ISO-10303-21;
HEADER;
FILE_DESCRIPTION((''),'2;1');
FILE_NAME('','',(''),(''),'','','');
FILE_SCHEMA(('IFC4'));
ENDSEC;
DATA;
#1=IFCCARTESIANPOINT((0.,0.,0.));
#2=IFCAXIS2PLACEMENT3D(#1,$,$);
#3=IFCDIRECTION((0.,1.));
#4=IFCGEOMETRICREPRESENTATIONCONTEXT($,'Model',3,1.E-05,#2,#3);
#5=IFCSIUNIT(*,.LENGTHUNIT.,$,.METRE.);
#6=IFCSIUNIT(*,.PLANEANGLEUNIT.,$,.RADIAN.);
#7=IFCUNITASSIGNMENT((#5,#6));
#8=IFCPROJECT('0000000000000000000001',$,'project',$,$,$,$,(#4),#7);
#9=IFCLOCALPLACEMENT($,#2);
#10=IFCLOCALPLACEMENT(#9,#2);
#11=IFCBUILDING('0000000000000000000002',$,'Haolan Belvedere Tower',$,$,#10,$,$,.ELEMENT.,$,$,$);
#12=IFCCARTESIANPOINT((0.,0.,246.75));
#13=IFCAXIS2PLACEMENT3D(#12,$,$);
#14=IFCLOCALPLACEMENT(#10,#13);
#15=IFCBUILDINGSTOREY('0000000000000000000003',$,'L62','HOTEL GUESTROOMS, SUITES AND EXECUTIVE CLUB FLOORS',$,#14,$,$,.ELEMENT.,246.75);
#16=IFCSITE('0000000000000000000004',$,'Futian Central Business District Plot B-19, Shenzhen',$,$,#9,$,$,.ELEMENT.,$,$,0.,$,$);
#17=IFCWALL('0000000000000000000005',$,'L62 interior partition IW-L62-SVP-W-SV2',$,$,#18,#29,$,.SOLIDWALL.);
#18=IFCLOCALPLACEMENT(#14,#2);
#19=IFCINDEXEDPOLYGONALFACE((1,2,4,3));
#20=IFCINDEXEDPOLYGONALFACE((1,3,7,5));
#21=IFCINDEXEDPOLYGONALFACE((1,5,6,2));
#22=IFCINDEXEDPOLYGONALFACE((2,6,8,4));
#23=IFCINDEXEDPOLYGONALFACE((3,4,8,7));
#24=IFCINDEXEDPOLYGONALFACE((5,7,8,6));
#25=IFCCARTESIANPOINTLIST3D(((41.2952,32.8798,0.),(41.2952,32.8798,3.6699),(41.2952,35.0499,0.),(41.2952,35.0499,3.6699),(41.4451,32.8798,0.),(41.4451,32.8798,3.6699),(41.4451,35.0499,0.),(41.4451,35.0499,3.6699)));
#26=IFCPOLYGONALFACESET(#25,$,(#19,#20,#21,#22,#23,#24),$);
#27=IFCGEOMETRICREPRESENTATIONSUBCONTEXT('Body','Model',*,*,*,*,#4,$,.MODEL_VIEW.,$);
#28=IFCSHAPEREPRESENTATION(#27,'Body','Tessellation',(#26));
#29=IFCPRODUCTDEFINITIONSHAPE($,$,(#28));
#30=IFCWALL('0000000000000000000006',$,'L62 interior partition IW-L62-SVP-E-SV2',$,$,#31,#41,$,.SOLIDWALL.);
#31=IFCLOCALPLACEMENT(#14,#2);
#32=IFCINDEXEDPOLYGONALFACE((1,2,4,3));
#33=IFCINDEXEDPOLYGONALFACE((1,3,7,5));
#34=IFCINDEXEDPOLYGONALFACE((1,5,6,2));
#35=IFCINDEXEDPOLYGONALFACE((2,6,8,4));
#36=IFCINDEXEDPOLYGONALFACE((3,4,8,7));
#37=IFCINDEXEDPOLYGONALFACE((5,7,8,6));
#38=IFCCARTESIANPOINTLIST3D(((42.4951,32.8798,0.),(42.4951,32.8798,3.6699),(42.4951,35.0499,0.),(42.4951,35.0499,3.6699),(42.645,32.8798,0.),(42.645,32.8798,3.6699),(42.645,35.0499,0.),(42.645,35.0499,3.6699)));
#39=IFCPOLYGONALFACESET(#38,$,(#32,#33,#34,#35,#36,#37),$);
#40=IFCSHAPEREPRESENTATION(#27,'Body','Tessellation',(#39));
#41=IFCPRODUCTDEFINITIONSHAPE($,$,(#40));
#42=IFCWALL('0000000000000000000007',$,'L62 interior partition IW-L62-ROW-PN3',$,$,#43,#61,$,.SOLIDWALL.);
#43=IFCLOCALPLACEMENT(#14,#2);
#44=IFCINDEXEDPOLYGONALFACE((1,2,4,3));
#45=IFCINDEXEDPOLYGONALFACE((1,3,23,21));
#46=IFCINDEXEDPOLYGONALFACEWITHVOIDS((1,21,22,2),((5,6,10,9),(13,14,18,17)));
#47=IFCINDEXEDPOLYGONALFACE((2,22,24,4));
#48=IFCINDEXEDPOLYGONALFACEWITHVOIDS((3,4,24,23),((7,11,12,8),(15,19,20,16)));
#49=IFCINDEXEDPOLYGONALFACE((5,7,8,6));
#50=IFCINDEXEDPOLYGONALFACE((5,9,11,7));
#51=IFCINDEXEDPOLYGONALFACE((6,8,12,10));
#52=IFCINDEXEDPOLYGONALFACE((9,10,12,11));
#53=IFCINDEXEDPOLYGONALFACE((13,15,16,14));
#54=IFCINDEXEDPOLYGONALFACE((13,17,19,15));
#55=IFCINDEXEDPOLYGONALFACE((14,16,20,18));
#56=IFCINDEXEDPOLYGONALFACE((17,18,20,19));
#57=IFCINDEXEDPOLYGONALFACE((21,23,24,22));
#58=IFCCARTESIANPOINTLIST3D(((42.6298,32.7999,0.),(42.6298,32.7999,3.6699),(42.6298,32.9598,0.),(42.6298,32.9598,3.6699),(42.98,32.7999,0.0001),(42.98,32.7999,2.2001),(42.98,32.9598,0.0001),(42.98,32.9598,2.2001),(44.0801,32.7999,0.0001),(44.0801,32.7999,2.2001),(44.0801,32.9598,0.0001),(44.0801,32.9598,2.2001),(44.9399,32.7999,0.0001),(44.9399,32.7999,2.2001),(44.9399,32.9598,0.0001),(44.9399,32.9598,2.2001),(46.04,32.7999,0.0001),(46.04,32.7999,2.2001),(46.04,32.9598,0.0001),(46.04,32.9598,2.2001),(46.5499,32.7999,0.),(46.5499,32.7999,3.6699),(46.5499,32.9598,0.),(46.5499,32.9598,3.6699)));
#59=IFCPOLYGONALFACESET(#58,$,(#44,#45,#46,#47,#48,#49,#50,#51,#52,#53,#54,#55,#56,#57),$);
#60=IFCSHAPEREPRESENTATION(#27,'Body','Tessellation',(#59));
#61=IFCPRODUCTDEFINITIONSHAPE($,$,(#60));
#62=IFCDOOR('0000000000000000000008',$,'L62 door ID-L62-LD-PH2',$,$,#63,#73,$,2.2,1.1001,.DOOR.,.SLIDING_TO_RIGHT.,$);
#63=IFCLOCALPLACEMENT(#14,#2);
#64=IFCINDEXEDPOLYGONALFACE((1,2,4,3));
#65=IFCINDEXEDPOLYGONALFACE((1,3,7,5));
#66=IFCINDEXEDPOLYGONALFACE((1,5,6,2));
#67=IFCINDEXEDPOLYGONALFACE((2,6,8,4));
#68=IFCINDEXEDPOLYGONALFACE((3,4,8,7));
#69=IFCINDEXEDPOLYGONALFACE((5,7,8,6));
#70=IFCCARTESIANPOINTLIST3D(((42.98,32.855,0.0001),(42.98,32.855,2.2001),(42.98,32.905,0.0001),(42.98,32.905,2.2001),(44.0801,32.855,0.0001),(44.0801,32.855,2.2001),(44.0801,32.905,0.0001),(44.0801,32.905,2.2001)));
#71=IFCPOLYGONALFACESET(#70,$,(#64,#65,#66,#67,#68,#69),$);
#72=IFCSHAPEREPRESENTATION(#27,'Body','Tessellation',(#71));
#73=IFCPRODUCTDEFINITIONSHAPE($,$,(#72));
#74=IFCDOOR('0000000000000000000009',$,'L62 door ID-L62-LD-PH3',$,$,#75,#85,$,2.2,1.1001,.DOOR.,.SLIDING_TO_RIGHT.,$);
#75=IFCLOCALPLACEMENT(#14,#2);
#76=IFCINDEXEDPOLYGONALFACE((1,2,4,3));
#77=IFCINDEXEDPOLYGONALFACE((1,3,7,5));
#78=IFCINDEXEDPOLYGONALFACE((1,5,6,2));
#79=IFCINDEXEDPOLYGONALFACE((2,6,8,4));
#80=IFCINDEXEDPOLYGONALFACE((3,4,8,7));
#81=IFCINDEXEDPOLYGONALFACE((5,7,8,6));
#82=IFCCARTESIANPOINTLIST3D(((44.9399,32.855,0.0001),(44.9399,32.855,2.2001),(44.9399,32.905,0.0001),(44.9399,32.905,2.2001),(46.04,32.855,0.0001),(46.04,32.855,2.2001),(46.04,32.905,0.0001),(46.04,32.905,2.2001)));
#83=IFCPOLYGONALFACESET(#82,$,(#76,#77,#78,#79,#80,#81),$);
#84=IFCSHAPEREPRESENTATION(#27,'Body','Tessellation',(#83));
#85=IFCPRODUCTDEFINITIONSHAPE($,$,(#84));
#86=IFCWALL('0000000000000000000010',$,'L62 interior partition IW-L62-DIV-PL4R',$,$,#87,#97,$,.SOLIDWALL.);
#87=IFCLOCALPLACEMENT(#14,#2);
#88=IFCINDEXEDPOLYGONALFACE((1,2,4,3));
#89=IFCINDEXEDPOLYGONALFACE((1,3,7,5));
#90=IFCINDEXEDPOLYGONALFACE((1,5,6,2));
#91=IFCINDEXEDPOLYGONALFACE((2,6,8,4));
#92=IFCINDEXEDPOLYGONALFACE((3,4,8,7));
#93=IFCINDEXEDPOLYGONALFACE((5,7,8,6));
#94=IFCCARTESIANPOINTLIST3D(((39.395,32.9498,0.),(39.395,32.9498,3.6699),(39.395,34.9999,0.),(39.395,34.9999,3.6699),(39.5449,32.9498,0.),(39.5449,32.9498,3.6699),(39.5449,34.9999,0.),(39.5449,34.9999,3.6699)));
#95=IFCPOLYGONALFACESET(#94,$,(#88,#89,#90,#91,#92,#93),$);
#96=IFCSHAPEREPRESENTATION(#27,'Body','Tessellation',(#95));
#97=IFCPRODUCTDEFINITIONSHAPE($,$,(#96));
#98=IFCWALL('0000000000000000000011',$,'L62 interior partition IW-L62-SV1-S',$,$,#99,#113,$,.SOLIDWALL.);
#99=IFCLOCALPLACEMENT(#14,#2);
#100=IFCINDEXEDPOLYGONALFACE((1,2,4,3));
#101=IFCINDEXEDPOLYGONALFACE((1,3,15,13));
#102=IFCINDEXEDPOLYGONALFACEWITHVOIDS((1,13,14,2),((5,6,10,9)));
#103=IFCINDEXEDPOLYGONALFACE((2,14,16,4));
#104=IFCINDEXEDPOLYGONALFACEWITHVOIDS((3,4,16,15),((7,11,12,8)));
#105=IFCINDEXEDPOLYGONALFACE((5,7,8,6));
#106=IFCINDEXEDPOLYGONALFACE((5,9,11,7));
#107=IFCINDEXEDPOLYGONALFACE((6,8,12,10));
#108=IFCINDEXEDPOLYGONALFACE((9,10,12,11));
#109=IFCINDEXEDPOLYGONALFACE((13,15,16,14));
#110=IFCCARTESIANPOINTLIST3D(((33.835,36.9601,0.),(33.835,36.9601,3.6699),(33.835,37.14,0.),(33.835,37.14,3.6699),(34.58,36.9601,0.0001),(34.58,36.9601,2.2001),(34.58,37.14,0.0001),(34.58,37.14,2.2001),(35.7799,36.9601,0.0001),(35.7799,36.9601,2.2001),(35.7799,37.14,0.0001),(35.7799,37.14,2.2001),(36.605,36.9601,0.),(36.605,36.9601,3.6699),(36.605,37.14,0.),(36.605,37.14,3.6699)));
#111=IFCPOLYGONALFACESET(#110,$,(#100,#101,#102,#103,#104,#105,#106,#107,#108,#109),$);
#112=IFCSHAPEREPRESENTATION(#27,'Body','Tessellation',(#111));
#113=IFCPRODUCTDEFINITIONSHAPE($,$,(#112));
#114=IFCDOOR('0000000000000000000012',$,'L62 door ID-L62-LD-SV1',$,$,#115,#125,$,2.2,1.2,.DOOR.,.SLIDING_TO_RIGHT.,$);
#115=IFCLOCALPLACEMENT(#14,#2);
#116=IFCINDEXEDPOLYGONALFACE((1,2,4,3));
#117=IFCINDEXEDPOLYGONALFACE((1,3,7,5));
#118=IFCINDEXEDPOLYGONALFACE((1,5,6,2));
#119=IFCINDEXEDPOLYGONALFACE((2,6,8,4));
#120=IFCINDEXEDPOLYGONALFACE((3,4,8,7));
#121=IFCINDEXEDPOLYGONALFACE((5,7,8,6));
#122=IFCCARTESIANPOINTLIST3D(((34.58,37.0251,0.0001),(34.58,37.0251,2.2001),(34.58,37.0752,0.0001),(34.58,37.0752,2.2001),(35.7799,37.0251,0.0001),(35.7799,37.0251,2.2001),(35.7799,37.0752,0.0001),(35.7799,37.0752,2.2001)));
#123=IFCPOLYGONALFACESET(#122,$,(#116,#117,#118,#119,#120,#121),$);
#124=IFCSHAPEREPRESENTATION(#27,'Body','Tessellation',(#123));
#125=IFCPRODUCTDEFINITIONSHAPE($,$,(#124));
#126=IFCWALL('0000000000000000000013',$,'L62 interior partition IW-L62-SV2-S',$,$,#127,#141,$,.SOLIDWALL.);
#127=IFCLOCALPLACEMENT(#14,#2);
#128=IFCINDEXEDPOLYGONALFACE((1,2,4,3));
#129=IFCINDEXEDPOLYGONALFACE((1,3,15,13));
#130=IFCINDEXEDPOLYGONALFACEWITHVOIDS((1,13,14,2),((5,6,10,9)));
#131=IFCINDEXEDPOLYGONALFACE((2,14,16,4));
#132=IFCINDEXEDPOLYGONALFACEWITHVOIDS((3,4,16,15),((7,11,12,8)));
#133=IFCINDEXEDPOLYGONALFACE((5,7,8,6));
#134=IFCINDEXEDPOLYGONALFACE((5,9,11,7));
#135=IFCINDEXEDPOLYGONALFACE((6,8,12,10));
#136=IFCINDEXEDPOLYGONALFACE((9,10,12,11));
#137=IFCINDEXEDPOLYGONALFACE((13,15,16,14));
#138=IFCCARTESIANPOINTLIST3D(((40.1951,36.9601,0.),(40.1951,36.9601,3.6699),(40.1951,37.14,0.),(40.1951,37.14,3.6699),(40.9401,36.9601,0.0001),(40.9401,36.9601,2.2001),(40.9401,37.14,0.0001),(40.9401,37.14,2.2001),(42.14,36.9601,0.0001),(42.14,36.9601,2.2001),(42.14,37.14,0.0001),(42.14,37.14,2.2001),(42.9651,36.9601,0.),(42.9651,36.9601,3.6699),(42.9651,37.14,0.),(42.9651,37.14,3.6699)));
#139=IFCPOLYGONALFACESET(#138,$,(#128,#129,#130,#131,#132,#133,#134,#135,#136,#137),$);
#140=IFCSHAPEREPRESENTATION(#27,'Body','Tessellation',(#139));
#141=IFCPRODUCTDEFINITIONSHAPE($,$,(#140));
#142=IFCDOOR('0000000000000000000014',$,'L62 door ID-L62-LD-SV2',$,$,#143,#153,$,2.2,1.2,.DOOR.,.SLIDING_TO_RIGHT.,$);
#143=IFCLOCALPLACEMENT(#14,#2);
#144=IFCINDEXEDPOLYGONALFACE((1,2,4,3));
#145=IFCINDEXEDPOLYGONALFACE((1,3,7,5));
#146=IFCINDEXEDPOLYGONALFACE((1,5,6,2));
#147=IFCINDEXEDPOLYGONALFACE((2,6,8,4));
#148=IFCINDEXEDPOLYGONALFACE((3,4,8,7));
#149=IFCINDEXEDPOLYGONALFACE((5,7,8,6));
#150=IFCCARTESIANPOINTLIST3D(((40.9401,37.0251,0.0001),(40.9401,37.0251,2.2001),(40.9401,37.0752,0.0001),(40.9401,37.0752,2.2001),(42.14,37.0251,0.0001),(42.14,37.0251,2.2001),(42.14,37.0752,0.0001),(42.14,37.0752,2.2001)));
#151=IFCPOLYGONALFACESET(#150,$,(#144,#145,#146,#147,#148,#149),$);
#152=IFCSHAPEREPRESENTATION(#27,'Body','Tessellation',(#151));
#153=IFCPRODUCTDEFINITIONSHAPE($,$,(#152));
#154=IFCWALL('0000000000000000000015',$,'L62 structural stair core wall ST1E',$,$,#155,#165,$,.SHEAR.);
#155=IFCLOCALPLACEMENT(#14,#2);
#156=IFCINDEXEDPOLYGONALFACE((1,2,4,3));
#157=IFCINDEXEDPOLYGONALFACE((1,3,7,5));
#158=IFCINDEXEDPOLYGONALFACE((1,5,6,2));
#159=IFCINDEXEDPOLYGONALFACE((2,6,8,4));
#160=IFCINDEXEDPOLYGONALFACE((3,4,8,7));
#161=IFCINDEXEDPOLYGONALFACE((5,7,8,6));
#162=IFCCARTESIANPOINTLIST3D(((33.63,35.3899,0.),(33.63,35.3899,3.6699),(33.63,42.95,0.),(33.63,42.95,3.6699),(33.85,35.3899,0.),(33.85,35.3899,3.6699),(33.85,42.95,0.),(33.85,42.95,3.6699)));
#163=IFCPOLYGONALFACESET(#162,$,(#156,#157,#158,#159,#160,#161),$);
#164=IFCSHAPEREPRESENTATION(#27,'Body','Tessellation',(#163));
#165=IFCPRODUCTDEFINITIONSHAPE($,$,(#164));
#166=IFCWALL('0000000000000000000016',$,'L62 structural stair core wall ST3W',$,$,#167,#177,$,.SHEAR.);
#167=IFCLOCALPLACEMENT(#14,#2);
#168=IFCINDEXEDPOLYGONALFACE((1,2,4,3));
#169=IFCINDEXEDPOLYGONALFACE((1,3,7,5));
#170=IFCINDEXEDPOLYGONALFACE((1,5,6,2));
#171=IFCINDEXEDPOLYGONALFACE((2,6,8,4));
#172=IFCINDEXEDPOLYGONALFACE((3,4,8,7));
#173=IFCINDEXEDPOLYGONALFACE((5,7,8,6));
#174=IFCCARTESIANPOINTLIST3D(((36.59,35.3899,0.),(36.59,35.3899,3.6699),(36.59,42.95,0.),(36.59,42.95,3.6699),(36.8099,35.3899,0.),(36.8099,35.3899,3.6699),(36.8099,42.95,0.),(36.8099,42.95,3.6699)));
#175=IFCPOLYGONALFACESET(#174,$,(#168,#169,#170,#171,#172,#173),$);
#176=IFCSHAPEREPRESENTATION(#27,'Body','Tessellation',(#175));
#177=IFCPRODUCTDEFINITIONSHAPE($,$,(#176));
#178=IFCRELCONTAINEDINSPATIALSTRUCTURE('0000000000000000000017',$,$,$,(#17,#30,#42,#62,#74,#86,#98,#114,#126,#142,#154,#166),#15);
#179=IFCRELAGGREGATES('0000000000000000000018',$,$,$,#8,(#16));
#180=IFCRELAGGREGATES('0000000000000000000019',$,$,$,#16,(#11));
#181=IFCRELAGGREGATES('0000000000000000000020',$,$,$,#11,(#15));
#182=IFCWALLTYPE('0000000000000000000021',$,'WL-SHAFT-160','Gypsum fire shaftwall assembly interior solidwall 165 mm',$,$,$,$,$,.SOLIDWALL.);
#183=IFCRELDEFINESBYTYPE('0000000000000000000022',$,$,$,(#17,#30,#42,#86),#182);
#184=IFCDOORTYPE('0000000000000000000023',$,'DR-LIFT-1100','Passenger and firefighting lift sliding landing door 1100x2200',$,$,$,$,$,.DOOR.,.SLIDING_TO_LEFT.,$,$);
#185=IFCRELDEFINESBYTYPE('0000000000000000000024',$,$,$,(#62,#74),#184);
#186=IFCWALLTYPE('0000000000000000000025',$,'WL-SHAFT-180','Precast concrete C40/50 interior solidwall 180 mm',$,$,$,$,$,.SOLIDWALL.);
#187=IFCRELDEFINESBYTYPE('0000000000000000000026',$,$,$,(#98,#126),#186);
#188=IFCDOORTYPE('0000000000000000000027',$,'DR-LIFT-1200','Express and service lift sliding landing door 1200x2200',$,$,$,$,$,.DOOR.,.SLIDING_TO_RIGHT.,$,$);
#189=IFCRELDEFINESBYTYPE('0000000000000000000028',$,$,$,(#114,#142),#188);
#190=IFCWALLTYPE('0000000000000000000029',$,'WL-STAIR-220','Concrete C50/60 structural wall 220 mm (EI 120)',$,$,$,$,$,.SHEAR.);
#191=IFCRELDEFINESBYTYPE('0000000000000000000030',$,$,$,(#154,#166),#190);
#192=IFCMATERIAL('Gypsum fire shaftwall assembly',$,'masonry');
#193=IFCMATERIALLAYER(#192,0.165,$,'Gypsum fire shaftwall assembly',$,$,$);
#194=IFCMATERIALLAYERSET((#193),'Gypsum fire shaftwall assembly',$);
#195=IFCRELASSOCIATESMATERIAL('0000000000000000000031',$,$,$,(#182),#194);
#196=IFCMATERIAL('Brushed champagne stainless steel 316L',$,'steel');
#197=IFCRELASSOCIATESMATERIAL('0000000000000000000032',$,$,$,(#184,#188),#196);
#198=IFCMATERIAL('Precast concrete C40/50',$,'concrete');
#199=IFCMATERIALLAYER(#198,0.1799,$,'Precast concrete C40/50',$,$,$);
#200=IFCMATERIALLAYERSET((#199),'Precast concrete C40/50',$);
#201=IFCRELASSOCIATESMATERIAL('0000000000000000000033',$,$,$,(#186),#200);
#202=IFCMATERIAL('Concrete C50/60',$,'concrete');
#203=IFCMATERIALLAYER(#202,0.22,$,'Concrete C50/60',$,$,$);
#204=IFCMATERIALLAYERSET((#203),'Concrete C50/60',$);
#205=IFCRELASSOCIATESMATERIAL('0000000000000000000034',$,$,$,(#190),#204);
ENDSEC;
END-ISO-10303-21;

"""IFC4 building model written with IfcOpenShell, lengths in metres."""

from ifc_helpers import new_model, si_unit, direction, frame, frame_2d, origin, place, context, subcontext, project, spatial, rectangle, extrude, material, layer, layer_set, type_object, element, fill, save


model = new_model("IFC4")

# Units and contexts
model_context = context("Model", 3, precision=1e-05, world=origin(), true_north=direction((0.0, 1.0)))
body_context = subcontext(model_context, "Body", "Model", "MODEL_VIEW")
ifc_project = project(units=[si_unit("LENGTHUNIT", "METRE"), si_unit("PLANEANGLEUNIT", "RADIAN")], contexts=[model_context])

# Site, building, storey
site_placement = place(None, origin())
site = spatial("IfcSite", under=ifc_project, at=site_placement, Name="Futian Central Business District Plot B-19, Shenzhen", CompositionType="ELEMENT", RefElevation=0.0)
building_placement = place(site_placement, origin())
building = spatial("IfcBuilding", under=site, at=building_placement, Name="Haolan Belvedere Tower", CompositionType="ELEMENT")
storey_placement = place(building_placement, frame((0.0, 0.0, 246.75)))
storey = spatial("IfcBuildingStorey", under=building, at=storey_placement, Name="L62", Description="HOTEL GUESTROOMS, SUITES AND EXECUTIVE CLUB FLOORS", CompositionType="ELEMENT", Elevation=246.75)

# Walls
ifc_material_1 = material(Name="Gypsum fire shaftwall assembly", Category="masonry")
ifc_layer_1 = layer(ifc_material_1, 0.165, Name="Gypsum fire shaftwall assembly")
ifc_layer_set_1 = layer_set([ifc_layer_1], Name="Gypsum fire shaftwall assembly")
wall_type_1 = type_object("IfcWallType", Name="WL-SHAFT-160", Description="Gypsum fire shaftwall assembly interior solidwall 165 mm", PredefinedType="SOLIDWALL", material=ifc_layer_set_1)
for number, where, z_axis, x_axis, name in (
    (1, (41.3701, 32.8799, 0.0), (0.0, 0.0, 1.0), (0.0, 1.0, 0.0), "L62 interior partition IW-L62-SVP-W-SV2"),
    (2, (42.5701, 32.8799, 0.0), (0.0, 0.0, 1.0), (0.0, 1.0, 0.0), "L62 interior partition IW-L62-SVP-E-SV2"),
):
    element("IfcWall", number, at=place(storey_placement, frame(where, z_axis=z_axis, x_axis=x_axis)), inside=storey, type_object=wall_type_1, Name=name, PredefinedType="SOLIDWALL", context=body_context, shape_type="SweptSolid", body=[
        extrude(rectangle(XDim=2.1702, YDim=0.1499, at=frame_2d((1.085, 0.0))), origin(), (0.0, 0.0, 1.0), 3.6699),
    ])

# Wall, openings, doors
wall_1_placement = place(storey_placement, frame((42.6299, 32.8799, 0.0), z_axis=(0.0, 0.0, 1.0), x_axis=(1.0, 0.0, 0.0)))
wall_1 = element("IfcWall", 3, at=wall_1_placement, inside=storey, type_object=wall_type_1, Name="L62 interior partition IW-L62-ROW-PN3", PredefinedType="SOLIDWALL", context=body_context, shape_type="SweptSolid", body=[
    extrude(rectangle(XDim=3.9202, YDim=0.1599, at=frame_2d((1.96, 0.0))), origin(), (0.0, 0.0, 1.0), 3.6699),
])
opening_1_placement = place(wall_1_placement, frame((1.4502, 0.0, 0.0), z_axis=(0.0, 0.0, 1.0), x_axis=(-1.0, 0.0, 0.0)))
opening_1 = element("IfcOpeningElement", 4, at=opening_1_placement, cuts=wall_1, PredefinedType="OPENING", context=body_context, shape_type="SweptSolid", body=[
    extrude(rectangle(XDim=1.1001, YDim=2.2, at=frame_2d((0.55, 1.1001))), frame((0.0, 0.0898, 0.0), z_axis=(0.0, -1.0, 0.0), x_axis=(1.0, 0.0, 0.0)), (0.0, 0.0, 1.0), 0.1799),
])
opening_2_placement = place(wall_1_placement, frame((3.4102, 0.0, 0.0), z_axis=(0.0, 0.0, 1.0), x_axis=(-1.0, 0.0, 0.0)))
opening_2 = element("IfcOpeningElement", 5, at=opening_2_placement, cuts=wall_1, PredefinedType="OPENING", context=body_context, shape_type="SweptSolid", body=[
    extrude(rectangle(XDim=1.1001, YDim=2.2, at=frame_2d((0.55, 1.1001))), frame((0.0, 0.0898, 0.0), z_axis=(0.0, -1.0, 0.0), x_axis=(1.0, 0.0, 0.0)), (0.0, 0.0, 1.0), 0.1799),
])
ifc_material_2 = material(Name="Brushed champagne stainless steel 316L", Category="steel")
door_type_1 = type_object("IfcDoorType", Name="DR-LIFT-1100", Description="Passenger and firefighting lift sliding landing door 1100x2200", OperationType="SLIDING_TO_LEFT", PredefinedType="DOOR", material=ifc_material_2)
door_1_placement = place(opening_1_placement, origin())
door_1 = element("IfcDoor", 6, at=door_1_placement, inside=storey, type_object=door_type_1, Name="L62 door ID-L62-LD-PH2", OperationType="SLIDING_TO_RIGHT", OverallHeight=2.2, OverallWidth=1.1001, PredefinedType="DOOR", context=body_context, shape_type="SweptSolid", body=[
    extrude(rectangle(XDim=1.1001, YDim=2.2, at=frame_2d((0.55, 1.1001))), frame((0.0, 0.0249, 0.0), z_axis=(0.0, -1.0, 0.0), x_axis=(1.0, 0.0, 0.0)), (0.0, 0.0, 1.0), 0.05),
])
fill(opening_1, door_1)
door_2_placement = place(opening_2_placement, origin())
door_2 = element("IfcDoor", 7, at=door_2_placement, inside=storey, type_object=door_type_1, Name="L62 door ID-L62-LD-PH3", OperationType="SLIDING_TO_RIGHT", OverallHeight=2.2, OverallWidth=1.1001, PredefinedType="DOOR", context=body_context, shape_type="SweptSolid", body=[
    extrude(rectangle(XDim=1.1001, YDim=2.2, at=frame_2d((0.55, 1.1001))), frame((0.0, 0.0249, 0.0), z_axis=(0.0, -1.0, 0.0), x_axis=(1.0, 0.0, 0.0)), (0.0, 0.0, 1.0), 0.05),
])
fill(opening_2, door_2)

# Wall
wall_2_placement = place(storey_placement, frame((39.47, 32.95, 0.0), z_axis=(0.0, 0.0, 1.0), x_axis=(0.0, 1.0, 0.0)))
element("IfcWall", 8, at=wall_2_placement, inside=storey, type_object=wall_type_1, Name="L62 interior partition IW-L62-DIV-PL4R", PredefinedType="SOLIDWALL", context=body_context, shape_type="SweptSolid", body=[
    extrude(rectangle(XDim=2.05, YDim=0.1499, at=frame_2d((1.0249, 0.0))), origin(), (0.0, 0.0, 1.0), 3.6699),
])

# Walls, openings, doors
ifc_material_3 = material(Name="Precast concrete C40/50", Category="concrete")
ifc_layer_2 = layer(ifc_material_3, 0.1799, Name="Precast concrete C40/50")
ifc_layer_set_2 = layer_set([ifc_layer_2], Name="Precast concrete C40/50")
wall_type_2 = type_object("IfcWallType", Name="WL-SHAFT-180", Description="Precast concrete C40/50 interior solidwall 180 mm", PredefinedType="SOLIDWALL", material=ifc_layer_set_2)
wall_3_placement = place(storey_placement, frame((33.835, 37.05, 0.0), z_axis=(0.0, 0.0, 1.0), x_axis=(1.0, 0.0, 0.0)))
wall_3 = element("IfcWall", 9, at=wall_3_placement, inside=storey, type_object=wall_type_2, Name="L62 interior partition IW-L62-SV1-S", PredefinedType="SOLIDWALL", context=body_context, shape_type="SweptSolid", body=[
    extrude(rectangle(XDim=2.77, YDim=0.1799, at=frame_2d((1.385, 0.0))), origin(), (0.0, 0.0, 1.0), 3.6699),
])
opening_3_placement = place(wall_3_placement, frame((1.9451, 0.0, 0.0), z_axis=(0.0, 0.0, 1.0), x_axis=(-1.0, 0.0, 0.0)))
opening_3 = element("IfcOpeningElement", 10, at=opening_3_placement, cuts=wall_3, PredefinedType="OPENING", context=body_context, shape_type="SweptSolid", body=[
    extrude(rectangle(XDim=1.2, YDim=2.2, at=frame_2d((0.6001, 1.1001))), frame((0.0, 0.0999, 0.0), z_axis=(0.0, -1.0, 0.0), x_axis=(1.0, 0.0, 0.0)), (0.0, 0.0, 1.0), 0.2),
])
door_type_2 = type_object("IfcDoorType", Name="DR-LIFT-1200", Description="Express and service lift sliding landing door 1200x2200", OperationType="SLIDING_TO_RIGHT", PredefinedType="DOOR", material=ifc_material_2)
door_3_placement = place(opening_3_placement, origin())
door_3 = element("IfcDoor", 11, at=door_3_placement, inside=storey, type_object=door_type_2, Name="L62 door ID-L62-LD-SV1", OperationType="SLIDING_TO_RIGHT", OverallHeight=2.2, OverallWidth=1.2, PredefinedType="DOOR", context=body_context, shape_type="SweptSolid", body=[
    extrude(rectangle(XDim=1.2, YDim=2.2, at=frame_2d((0.6001, 1.1001))), frame((0.0, 0.0249, 0.0), z_axis=(0.0, -1.0, 0.0), x_axis=(1.0, 0.0, 0.0)), (0.0, 0.0, 1.0), 0.05),
])
fill(opening_3, door_3)
wall_4_placement = place(storey_placement, frame((40.1951, 37.05, 0.0), z_axis=(0.0, 0.0, 1.0), x_axis=(1.0, 0.0, 0.0)))
wall_4 = element("IfcWall", 12, at=wall_4_placement, inside=storey, type_object=wall_type_2, Name="L62 interior partition IW-L62-SV2-S", PredefinedType="SOLIDWALL", context=body_context, shape_type="SweptSolid", body=[
    extrude(rectangle(XDim=2.77, YDim=0.1799, at=frame_2d((1.385, 0.0))), origin(), (0.0, 0.0, 1.0), 3.6699),
])
opening_4_placement = place(wall_4_placement, frame((1.9451, 0.0, 0.0), z_axis=(0.0, 0.0, 1.0), x_axis=(-1.0, 0.0, 0.0)))
opening_4 = element("IfcOpeningElement", 13, at=opening_4_placement, cuts=wall_4, PredefinedType="OPENING", context=body_context, shape_type="SweptSolid", body=[
    extrude(rectangle(XDim=1.2, YDim=2.2, at=frame_2d((0.6001, 1.1001))), frame((0.0, 0.0999, 0.0), z_axis=(0.0, -1.0, 0.0), x_axis=(1.0, 0.0, 0.0)), (0.0, 0.0, 1.0), 0.2),
])
door_4_placement = place(opening_4_placement, origin())
door_4 = element("IfcDoor", 14, at=door_4_placement, inside=storey, type_object=door_type_2, Name="L62 door ID-L62-LD-SV2", OperationType="SLIDING_TO_RIGHT", OverallHeight=2.2, OverallWidth=1.2, PredefinedType="DOOR", context=body_context, shape_type="SweptSolid", body=[
    extrude(rectangle(XDim=1.2, YDim=2.2, at=frame_2d((0.6001, 1.1001))), frame((0.0, 0.0249, 0.0), z_axis=(0.0, -1.0, 0.0), x_axis=(1.0, 0.0, 0.0)), (0.0, 0.0, 1.0), 0.05),
])
fill(opening_4, door_4)

# Walls
ifc_material_4 = material(Name="Concrete C50/60", Category="concrete")
ifc_layer_3 = layer(ifc_material_4, 0.22, Name="Concrete C50/60")
ifc_layer_set_3 = layer_set([ifc_layer_3], Name="Concrete C50/60")
wall_type_3 = type_object("IfcWallType", Name="WL-STAIR-220", Description="Concrete C50/60 structural wall 220 mm (EI 120)", PredefinedType="SHEAR", material=ifc_layer_set_3)
for number, where, z_axis, x_axis, name in (
    (15, (33.74, 35.3899, 0.0), (0.0, 0.0, 1.0), (0.0, 1.0, 0.0), "L62 structural stair core wall ST1E"),
    (16, (36.7, 35.3899, 0.0), (0.0, 0.0, 1.0), (0.0, 1.0, 0.0), "L62 structural stair core wall ST3W"),
):
    element("IfcWall", number, at=place(storey_placement, frame(where, z_axis=z_axis, x_axis=x_axis)), inside=storey, type_object=wall_type_3, Name=name, PredefinedType="SHEAR", context=body_context, shape_type="SweptSolid", body=[
        extrude(rectangle(XDim=7.5601, YDim=0.22, at=frame_2d((3.78, 0.0))), origin(), (0.0, 0.0, 1.0), 3.6699),
    ])

save(model, "model.ifc")
